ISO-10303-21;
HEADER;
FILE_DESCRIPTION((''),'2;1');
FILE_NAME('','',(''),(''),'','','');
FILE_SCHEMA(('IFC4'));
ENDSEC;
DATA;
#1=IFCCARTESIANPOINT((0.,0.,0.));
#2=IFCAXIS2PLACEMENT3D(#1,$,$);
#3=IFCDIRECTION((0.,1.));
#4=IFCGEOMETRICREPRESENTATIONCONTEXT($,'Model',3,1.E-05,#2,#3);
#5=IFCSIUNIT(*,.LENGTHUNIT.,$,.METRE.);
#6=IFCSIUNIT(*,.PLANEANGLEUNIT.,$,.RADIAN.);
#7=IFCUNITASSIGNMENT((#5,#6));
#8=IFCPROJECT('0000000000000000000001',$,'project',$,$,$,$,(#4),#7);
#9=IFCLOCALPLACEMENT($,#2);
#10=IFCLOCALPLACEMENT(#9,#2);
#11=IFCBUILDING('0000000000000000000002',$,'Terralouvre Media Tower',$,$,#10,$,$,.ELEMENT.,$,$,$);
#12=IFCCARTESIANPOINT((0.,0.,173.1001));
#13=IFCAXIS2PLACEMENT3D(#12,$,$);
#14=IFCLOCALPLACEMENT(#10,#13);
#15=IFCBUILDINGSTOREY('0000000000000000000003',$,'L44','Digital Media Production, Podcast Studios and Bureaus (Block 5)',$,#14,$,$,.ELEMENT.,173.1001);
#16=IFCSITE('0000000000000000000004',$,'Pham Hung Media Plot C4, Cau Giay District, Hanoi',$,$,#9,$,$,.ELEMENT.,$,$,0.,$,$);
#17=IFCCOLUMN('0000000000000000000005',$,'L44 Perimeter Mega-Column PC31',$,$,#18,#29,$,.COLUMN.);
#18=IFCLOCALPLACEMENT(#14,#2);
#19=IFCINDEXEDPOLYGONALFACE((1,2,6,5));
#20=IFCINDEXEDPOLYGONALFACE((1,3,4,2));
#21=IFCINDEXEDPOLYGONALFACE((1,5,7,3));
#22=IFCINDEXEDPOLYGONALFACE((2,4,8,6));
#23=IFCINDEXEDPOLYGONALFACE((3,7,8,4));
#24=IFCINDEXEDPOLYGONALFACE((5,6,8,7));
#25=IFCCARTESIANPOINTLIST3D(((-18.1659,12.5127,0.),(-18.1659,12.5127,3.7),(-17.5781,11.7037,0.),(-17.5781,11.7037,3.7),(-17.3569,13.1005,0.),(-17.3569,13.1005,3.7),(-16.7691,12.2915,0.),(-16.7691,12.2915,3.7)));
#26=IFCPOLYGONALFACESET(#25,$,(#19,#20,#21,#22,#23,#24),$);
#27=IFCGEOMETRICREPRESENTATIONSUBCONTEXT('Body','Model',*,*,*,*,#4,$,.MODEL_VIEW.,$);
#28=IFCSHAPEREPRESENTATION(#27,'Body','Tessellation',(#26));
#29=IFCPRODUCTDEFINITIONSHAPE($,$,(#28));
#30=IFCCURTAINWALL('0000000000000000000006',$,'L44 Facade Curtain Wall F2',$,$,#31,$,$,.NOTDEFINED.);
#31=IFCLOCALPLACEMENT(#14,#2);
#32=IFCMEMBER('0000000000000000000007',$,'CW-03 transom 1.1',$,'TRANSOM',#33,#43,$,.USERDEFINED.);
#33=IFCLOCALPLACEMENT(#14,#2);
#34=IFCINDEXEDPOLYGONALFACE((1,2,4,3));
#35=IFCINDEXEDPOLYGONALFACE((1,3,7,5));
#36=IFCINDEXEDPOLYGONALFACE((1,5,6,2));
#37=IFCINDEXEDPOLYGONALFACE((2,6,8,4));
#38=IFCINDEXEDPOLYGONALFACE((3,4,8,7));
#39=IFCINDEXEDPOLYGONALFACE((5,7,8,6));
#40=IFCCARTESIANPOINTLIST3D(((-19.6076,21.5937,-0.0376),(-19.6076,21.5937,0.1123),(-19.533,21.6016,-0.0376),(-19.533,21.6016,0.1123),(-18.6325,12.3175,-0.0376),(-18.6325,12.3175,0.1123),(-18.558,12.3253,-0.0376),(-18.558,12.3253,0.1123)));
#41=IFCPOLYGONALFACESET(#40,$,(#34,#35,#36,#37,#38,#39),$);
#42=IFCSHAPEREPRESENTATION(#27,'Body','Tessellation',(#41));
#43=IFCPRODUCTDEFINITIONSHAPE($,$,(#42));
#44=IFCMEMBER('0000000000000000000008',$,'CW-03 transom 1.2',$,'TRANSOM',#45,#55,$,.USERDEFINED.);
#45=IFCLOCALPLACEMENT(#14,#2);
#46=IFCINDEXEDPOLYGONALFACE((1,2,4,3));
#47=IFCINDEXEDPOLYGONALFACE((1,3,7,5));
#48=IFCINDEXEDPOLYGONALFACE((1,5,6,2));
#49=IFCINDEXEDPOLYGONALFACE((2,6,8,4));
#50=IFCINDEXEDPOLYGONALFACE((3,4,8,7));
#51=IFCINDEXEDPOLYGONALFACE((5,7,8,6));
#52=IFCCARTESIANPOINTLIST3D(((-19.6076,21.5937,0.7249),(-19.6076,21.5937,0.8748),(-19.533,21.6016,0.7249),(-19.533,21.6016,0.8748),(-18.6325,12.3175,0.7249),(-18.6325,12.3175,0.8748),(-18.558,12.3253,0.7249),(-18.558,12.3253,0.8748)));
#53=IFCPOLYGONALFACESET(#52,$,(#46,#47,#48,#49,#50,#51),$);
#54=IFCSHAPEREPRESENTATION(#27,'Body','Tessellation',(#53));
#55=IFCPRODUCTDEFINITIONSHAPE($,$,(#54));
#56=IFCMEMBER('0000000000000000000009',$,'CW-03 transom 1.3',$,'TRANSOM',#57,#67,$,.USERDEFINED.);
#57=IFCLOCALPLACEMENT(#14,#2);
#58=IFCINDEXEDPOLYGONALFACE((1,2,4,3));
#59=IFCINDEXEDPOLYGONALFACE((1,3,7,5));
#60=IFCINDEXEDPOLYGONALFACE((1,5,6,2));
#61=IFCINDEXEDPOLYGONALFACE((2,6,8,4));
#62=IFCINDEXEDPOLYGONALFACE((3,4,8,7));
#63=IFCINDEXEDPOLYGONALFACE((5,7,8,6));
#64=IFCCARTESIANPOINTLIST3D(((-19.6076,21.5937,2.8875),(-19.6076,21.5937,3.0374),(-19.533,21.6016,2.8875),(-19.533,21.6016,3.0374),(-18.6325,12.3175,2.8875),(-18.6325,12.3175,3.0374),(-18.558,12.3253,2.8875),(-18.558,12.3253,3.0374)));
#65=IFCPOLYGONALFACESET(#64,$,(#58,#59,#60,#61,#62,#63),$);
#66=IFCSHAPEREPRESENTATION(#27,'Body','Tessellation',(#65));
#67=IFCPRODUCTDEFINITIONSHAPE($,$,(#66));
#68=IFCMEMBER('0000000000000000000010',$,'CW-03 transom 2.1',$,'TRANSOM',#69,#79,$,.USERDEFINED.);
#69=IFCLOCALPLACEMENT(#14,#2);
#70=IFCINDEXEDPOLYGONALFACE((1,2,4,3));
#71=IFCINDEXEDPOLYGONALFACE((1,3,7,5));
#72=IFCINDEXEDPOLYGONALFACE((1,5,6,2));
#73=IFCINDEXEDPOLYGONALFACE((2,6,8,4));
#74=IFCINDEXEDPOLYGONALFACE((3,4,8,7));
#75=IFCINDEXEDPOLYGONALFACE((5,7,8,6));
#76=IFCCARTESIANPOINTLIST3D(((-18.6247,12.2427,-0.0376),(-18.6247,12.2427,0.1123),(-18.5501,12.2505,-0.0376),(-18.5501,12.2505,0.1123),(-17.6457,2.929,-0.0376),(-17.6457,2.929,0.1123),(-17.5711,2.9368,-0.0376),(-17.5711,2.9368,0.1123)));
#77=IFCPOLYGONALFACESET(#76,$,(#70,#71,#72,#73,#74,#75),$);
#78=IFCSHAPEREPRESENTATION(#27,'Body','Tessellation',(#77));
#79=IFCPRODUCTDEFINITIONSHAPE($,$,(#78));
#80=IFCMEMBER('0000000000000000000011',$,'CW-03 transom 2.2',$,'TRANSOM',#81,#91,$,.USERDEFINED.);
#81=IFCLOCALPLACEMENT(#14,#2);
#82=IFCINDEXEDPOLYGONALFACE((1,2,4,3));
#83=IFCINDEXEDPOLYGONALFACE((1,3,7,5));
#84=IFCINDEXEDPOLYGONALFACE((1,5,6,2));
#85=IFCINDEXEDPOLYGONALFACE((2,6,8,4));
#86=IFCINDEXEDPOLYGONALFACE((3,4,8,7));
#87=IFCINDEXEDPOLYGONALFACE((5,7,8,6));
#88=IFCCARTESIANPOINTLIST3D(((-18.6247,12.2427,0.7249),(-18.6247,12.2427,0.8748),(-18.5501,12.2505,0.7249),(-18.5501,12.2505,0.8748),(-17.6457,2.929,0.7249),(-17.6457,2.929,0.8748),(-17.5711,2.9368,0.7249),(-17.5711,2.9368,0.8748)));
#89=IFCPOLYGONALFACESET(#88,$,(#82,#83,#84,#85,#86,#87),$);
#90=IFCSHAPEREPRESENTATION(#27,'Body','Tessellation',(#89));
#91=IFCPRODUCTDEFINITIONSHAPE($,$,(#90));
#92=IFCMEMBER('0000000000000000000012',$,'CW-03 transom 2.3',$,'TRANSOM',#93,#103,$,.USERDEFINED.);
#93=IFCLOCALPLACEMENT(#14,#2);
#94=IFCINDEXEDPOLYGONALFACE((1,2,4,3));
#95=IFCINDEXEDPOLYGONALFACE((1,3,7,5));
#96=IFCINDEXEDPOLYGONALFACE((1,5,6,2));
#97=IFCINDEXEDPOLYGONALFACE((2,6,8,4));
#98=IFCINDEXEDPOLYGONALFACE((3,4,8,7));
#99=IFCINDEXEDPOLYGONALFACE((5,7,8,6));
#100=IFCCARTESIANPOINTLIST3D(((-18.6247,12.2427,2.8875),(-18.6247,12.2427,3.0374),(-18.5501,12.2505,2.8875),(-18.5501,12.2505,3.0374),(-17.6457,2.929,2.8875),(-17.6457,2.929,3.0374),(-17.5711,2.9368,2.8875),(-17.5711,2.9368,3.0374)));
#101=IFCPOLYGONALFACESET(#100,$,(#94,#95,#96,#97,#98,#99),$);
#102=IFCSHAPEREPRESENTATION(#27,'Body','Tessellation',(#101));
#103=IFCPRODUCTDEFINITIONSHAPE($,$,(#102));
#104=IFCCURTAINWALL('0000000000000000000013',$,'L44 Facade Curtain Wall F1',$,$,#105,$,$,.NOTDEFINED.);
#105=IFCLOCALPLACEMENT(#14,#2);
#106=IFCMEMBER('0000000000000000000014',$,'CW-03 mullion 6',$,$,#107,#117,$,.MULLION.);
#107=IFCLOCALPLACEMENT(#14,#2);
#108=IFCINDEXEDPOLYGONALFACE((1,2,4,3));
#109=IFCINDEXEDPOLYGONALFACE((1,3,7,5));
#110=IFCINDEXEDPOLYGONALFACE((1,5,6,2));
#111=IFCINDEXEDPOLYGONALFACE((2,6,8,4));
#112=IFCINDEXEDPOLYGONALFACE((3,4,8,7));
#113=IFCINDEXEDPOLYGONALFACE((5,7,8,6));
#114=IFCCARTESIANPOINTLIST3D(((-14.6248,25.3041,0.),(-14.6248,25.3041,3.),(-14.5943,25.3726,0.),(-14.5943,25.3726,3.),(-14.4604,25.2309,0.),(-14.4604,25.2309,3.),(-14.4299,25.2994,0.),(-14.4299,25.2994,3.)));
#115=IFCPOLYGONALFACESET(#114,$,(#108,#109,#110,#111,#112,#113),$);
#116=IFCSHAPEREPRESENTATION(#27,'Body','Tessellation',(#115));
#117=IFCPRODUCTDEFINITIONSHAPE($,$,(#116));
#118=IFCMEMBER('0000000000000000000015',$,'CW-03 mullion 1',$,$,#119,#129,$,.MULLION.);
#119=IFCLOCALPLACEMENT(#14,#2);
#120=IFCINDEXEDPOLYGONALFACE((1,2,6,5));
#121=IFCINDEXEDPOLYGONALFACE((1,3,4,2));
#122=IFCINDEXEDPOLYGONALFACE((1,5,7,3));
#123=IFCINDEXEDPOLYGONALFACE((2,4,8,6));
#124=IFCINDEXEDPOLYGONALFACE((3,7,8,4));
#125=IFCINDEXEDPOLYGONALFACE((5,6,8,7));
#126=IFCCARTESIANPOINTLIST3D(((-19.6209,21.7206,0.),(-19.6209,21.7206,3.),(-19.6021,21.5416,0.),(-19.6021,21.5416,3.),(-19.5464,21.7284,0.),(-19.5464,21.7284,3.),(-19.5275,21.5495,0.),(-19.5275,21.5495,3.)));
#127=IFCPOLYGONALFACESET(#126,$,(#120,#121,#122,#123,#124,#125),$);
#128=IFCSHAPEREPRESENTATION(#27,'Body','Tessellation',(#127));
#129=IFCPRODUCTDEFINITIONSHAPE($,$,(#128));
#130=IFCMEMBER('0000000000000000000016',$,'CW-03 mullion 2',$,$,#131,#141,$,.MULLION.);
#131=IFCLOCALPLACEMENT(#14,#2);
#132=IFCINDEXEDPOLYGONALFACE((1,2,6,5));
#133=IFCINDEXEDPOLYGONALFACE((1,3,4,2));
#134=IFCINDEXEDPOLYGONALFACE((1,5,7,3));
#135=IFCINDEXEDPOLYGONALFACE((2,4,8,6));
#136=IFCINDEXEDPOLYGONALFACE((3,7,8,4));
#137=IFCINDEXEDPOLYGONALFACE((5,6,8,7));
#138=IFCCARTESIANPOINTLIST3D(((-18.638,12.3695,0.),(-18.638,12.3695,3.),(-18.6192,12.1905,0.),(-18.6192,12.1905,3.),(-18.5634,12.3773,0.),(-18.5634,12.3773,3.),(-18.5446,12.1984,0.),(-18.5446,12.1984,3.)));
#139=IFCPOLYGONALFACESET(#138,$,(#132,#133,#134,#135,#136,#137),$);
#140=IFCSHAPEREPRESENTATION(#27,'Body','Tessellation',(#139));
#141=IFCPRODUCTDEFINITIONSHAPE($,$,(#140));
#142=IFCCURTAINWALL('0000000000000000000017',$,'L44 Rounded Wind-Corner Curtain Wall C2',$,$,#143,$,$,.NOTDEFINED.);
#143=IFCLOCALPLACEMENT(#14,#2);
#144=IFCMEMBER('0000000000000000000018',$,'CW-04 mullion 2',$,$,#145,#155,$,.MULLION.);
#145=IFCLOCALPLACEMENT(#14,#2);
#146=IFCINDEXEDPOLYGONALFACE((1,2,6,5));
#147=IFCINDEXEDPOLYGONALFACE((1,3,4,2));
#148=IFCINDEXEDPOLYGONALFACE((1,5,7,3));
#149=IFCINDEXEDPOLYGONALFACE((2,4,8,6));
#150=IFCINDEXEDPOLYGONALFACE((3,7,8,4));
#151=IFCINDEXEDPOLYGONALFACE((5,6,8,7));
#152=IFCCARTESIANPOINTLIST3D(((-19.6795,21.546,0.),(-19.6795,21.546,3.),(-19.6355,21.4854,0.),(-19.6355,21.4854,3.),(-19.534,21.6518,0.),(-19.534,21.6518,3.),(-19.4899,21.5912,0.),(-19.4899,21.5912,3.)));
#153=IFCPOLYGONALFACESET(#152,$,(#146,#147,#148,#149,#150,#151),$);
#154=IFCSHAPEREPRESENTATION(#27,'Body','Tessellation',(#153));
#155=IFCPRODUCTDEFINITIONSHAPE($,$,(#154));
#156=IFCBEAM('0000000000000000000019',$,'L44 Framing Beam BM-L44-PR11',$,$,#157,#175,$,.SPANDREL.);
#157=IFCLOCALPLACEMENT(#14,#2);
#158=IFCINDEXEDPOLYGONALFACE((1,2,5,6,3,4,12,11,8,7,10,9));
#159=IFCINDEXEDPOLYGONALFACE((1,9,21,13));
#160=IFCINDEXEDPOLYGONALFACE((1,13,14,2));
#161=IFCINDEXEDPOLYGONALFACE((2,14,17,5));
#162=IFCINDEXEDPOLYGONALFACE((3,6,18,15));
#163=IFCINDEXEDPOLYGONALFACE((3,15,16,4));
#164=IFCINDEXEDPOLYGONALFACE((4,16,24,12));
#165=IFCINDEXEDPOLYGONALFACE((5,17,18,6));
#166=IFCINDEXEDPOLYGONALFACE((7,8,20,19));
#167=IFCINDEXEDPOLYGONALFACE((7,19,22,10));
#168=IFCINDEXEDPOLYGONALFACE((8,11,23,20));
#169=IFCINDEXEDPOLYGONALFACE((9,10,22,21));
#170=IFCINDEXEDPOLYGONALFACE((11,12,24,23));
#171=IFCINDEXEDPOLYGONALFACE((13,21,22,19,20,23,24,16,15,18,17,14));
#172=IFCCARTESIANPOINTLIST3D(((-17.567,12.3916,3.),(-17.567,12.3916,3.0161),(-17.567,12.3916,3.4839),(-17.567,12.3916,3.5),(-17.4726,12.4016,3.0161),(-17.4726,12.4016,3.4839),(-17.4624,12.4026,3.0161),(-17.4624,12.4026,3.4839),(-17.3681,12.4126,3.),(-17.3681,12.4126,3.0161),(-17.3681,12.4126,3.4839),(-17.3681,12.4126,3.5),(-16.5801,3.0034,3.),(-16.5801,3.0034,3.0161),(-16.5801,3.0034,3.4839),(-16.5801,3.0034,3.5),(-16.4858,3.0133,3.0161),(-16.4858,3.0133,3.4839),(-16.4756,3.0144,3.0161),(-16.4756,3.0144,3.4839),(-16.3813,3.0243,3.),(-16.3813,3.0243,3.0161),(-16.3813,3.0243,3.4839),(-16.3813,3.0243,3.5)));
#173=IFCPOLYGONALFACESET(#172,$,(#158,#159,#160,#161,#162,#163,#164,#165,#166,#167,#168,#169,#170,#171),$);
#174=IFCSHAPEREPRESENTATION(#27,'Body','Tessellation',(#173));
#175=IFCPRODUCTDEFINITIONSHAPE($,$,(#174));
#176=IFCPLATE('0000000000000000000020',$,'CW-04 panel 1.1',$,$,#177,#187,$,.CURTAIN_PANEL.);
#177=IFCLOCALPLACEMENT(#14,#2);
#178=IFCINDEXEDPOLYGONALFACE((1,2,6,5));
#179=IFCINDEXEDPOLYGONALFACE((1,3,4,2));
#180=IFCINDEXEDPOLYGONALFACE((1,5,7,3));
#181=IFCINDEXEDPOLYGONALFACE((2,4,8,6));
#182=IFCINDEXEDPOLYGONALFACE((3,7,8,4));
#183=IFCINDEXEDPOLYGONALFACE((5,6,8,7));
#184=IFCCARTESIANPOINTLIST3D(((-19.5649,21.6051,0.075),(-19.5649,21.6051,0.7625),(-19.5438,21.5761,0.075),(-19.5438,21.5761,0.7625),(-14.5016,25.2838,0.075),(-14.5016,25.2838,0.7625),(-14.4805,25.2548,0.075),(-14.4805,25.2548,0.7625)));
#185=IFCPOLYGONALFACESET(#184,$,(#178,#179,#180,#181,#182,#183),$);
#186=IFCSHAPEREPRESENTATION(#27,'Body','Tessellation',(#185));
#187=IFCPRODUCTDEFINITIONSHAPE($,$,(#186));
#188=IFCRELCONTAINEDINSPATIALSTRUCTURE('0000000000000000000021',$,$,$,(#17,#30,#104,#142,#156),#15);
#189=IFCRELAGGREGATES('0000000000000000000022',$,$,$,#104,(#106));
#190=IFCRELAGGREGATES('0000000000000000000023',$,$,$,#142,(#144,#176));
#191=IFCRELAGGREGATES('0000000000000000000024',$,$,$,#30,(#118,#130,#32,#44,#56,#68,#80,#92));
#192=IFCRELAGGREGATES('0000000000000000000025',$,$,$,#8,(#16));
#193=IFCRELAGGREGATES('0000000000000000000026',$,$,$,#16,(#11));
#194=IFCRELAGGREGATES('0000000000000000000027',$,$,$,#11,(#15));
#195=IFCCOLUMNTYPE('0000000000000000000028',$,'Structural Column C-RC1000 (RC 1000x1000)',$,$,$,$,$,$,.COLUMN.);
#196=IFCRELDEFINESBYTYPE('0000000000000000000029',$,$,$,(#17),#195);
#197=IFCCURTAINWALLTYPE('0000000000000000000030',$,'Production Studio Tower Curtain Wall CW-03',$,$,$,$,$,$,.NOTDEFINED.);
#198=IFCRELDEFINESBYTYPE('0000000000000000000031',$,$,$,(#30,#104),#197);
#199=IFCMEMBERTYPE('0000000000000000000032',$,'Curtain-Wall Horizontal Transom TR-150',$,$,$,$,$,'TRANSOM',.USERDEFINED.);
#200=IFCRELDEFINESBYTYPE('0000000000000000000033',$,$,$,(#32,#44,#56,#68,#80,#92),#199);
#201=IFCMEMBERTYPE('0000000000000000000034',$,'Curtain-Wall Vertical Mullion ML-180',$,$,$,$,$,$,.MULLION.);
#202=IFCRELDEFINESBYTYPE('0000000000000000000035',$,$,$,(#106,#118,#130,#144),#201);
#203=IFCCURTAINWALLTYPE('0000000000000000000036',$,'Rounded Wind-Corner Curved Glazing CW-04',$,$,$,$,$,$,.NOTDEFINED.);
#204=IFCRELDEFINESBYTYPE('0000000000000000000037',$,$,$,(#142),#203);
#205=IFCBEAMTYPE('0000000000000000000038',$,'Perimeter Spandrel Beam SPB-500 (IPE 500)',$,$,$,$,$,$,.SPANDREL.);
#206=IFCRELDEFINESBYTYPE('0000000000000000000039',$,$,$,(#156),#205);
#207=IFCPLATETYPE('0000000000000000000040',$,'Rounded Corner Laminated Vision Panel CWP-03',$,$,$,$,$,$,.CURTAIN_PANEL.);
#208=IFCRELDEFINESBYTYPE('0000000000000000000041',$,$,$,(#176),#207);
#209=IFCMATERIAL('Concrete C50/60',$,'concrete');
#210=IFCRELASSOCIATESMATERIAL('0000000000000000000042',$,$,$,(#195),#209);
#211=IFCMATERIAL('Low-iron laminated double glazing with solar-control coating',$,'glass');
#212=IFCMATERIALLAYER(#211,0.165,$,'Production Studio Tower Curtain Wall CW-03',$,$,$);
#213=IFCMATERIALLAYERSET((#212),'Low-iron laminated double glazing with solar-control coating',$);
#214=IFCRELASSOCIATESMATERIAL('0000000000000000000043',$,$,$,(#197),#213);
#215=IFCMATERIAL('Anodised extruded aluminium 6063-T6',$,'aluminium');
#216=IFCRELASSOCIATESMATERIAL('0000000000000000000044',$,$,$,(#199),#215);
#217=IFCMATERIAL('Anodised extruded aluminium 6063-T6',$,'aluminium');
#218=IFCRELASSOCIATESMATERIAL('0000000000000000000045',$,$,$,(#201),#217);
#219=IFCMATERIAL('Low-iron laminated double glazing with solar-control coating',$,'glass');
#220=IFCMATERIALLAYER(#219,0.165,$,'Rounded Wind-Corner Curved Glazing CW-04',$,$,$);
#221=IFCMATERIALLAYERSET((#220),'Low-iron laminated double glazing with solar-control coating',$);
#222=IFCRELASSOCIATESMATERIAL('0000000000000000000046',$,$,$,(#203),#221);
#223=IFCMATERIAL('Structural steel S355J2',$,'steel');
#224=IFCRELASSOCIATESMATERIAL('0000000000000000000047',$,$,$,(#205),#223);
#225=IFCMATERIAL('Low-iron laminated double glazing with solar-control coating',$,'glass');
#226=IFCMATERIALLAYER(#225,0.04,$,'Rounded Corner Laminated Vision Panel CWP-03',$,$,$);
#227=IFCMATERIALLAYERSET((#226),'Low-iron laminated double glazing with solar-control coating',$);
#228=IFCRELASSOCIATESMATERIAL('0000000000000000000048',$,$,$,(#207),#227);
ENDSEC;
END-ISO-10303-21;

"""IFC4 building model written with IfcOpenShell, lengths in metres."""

from ifc_helpers import new_model, si_unit, direction, frame, origin, origin_2d, place, context, subcontext, project, spatial, rectangle, i_section, extrude, material, layer, layer_set, material_profile, profile_set, type_object, element, aggregate, save


model = new_model("IFC4")

# Units and contexts
model_context = context("Model", 3, precision=1e-05, world=origin(), true_north=direction((0.0, 1.0)))
body_context = subcontext(model_context, "Body", "Model", "MODEL_VIEW")
ifc_project = project(units=[si_unit("LENGTHUNIT", "METRE"), si_unit("PLANEANGLEUNIT", "RADIAN")], contexts=[model_context])

# Site, building, storey
site_placement = place(None, origin())
site = spatial("IfcSite", under=ifc_project, at=site_placement, Name="Pham Hung Media Plot C4, Cau Giay District, Hanoi", CompositionType="ELEMENT", RefElevation=0.0)
building_placement = place(site_placement, origin())
building = spatial("IfcBuilding", under=site, at=building_placement, Name="Terralouvre Media Tower", CompositionType="ELEMENT")
storey_placement = place(building_placement, frame((0.0, 0.0, 173.1001)))
storey = spatial("IfcBuildingStorey", under=building, at=storey_placement, Name="L44", Description="Digital Media Production, Podcast Studios and Bureaus (Block 5)", CompositionType="ELEMENT", Elevation=173.1001)

# Column
ifc_material_1 = material(Name="Concrete C50/60", Category="concrete")
ifc_material_profile_1 = material_profile(ifc_material_1, rectangle(XDim=1.0, YDim=1.0, at=origin_2d()), Name="RC 1000x1000")
ifc_profile_set_1 = profile_set([ifc_material_profile_1], Name="Concrete C50/60")
column_type = type_object("IfcColumnType", Name="Structural Column C-RC1000 (RC 1000x1000)", PredefinedType="COLUMN", material=ifc_profile_set_1)
column_placement = place(storey_placement, frame((-17.4675, 12.4021, 0.0), z_axis=(0.0, 0.0, 1.0), x_axis=(0.809017, 0.587785, 0.0)))
element("IfcColumn", 1, at=column_placement, inside=storey, type_object=column_type, Name="L44 Perimeter Mega-Column PC31", PredefinedType="COLUMN", context=body_context, shape_type="SweptSolid", body=[
    extrude(rectangle(XDim=1.0, YDim=1.0, at=origin_2d()), origin(), (0.0, 0.0, 1.0), 3.7),
])

# Curtain wall, members
ifc_material_2 = material(Name="Low-iron laminated double glazing with solar-control coating", Category="glass")
ifc_layer_1 = layer(ifc_material_2, 0.165, Name="Production Studio Tower Curtain Wall CW-03")
ifc_layer_set_1 = layer_set([ifc_layer_1], Name="Low-iron laminated double glazing with solar-control coating")
curtain_wall_type_1 = type_object("IfcCurtainWallType", Name="Production Studio Tower Curtain Wall CW-03", PredefinedType="NOTDEFINED", material=ifc_layer_set_1)
curtain_wall_1_placement = place(storey_placement, origin())
curtain_wall_1 = element("IfcCurtainWall", 2, at=curtain_wall_1_placement, inside=storey, type_object=curtain_wall_type_1, Name="L44 Facade Curtain Wall F2", PredefinedType="NOTDEFINED")
ifc_material_3 = material(Name="Anodised extruded aluminium 6063-T6", Category="aluminium")
ifc_material_profile_2 = material_profile(ifc_material_3, rectangle(XDim=0.075, YDim=0.1499, at=origin_2d()), Name="ALU 75x150")
ifc_profile_set_2 = profile_set([ifc_material_profile_2], Name="Anodised extruded aluminium 6063-T6")
member_type_1 = type_object("IfcMemberType", Name="Curtain-Wall Horizontal Transom TR-150", ElementType="TRANSOM", PredefinedType="USERDEFINED", material=ifc_profile_set_2)
member_1_placement = place(storey_placement, frame((-19.5703, 21.5977, 0.0374), z_axis=(0.10454, -0.994521, 0.0), x_axis=(0.994521, 0.10454, 0.0)))
member_1 = element("IfcMember", 3, at=member_1_placement, type_object=member_type_1, Name="CW-03 transom 1.1", ObjectType="TRANSOM", PredefinedType="USERDEFINED", context=body_context, shape_type="SweptSolid", body=[
    extrude(rectangle(XDim=0.075, YDim=0.1499, at=origin_2d()), origin(), (0.0, 0.0, 1.0), 9.3274),
])
member_2_placement = place(storey_placement, frame((-19.5703, 21.5977, 0.7998), z_axis=(0.10454, -0.994521, 0.0), x_axis=(0.994521, 0.10454, 0.0)))
member_2 = element("IfcMember", 4, at=member_2_placement, type_object=member_type_1, Name="CW-03 transom 1.2", ObjectType="TRANSOM", PredefinedType="USERDEFINED", context=body_context, shape_type="SweptSolid", body=[
    extrude(rectangle(XDim=0.075, YDim=0.1499, at=origin_2d()), origin(), (0.0, 0.0, 1.0), 9.3274),
])
member_3_placement = place(storey_placement, frame((-19.5703, 21.5977, 2.9624), z_axis=(0.10454, -0.994521, 0.0), x_axis=(0.994521, 0.10454, 0.0)))
member_3 = element("IfcMember", 5, at=member_3_placement, type_object=member_type_1, Name="CW-03 transom 1.3", ObjectType="TRANSOM", PredefinedType="USERDEFINED", context=body_context, shape_type="SweptSolid", body=[
    extrude(rectangle(XDim=0.075, YDim=0.1499, at=origin_2d()), origin(), (0.0, 0.0, 1.0), 9.3274),
])
member_4_placement = place(storey_placement, frame((-18.5874, 12.2466, 0.0374), z_axis=(0.104538, -0.994521, 0.0), x_axis=(0.994521, 0.104538, 0.0)))
member_4 = element("IfcMember", 6, at=member_4_placement, type_object=member_type_1, Name="CW-03 transom 2.1", ObjectType="TRANSOM", PredefinedType="USERDEFINED", context=body_context, shape_type="SweptSolid", body=[
    extrude(rectangle(XDim=0.075, YDim=0.1499, at=origin_2d()), origin(), (0.0, 0.0, 1.0), 9.365),
])
member_5_placement = place(storey_placement, frame((-18.5874, 12.2466, 0.7998), z_axis=(0.104538, -0.994521, 0.0), x_axis=(0.994521, 0.104538, 0.0)))
member_5 = element("IfcMember", 7, at=member_5_placement, type_object=member_type_1, Name="CW-03 transom 2.2", ObjectType="TRANSOM", PredefinedType="USERDEFINED", context=body_context, shape_type="SweptSolid", body=[
    extrude(rectangle(XDim=0.075, YDim=0.1499, at=origin_2d()), origin(), (0.0, 0.0, 1.0), 9.365),
])
member_6_placement = place(storey_placement, frame((-18.5874, 12.2466, 2.9624), z_axis=(0.104538, -0.994521, 0.0), x_axis=(0.994521, 0.104538, 0.0)))
member_6 = element("IfcMember", 8, at=member_6_placement, type_object=member_type_1, Name="CW-03 transom 2.3", ObjectType="TRANSOM", PredefinedType="USERDEFINED", context=body_context, shape_type="SweptSolid", body=[
    extrude(rectangle(XDim=0.075, YDim=0.1499, at=origin_2d()), origin(), (0.0, 0.0, 1.0), 9.365),
])

# Curtain wall, member
curtain_wall_2_placement = place(storey_placement, origin())
curtain_wall_2 = element("IfcCurtainWall", 9, at=curtain_wall_2_placement, inside=storey, type_object=curtain_wall_type_1, Name="L44 Facade Curtain Wall F1", PredefinedType="NOTDEFINED")
ifc_material_4 = material(Name="Anodised extruded aluminium 6063-T6", Category="aluminium")
ifc_material_profile_3 = material_profile(ifc_material_4, rectangle(XDim=0.075, YDim=0.1799, at=origin_2d()), Name="ALU 75x180")
ifc_profile_set_3 = profile_set([ifc_material_profile_3], Name="Anodised extruded aluminium 6063-T6")
member_type_2 = type_object("IfcMemberType", Name="Curtain-Wall Vertical Mullion ML-180", PredefinedType="MULLION", material=ifc_profile_set_3)
member_7_placement = place(storey_placement, frame((-14.5273, 25.3018, 0.0), z_axis=(0.0, 0.0, 1.0), x_axis=(-0.406737, -0.913545, 0.0)))
member_7 = element("IfcMember", 10, at=member_7_placement, type_object=member_type_2, Name="CW-03 mullion 6", PredefinedType="MULLION", context=body_context, shape_type="SweptSolid", body=[
    extrude(rectangle(XDim=0.075, YDim=0.1799, at=origin_2d()), origin(), (0.0, 0.0, 1.0), 3.0),
])
aggregate(curtain_wall_2, [member_7])

# Members
member_8_placement = place(storey_placement, frame((-19.5742, 21.635, 0.0), z_axis=(0.0, 0.0, 1.0), x_axis=(0.994522, 0.104528, 0.0)))
member_8 = element("IfcMember", 11, at=member_8_placement, type_object=member_type_2, Name="CW-03 mullion 1", PredefinedType="MULLION", context=body_context, shape_type="SweptSolid", body=[
    extrude(rectangle(XDim=0.075, YDim=0.1799, at=origin_2d()), origin(), (0.0, 0.0, 1.0), 3.0),
])
member_9_placement = place(storey_placement, frame((-18.5913, 12.2839, 0.0), z_axis=(0.0, 0.0, 1.0), x_axis=(0.994522, 0.104528, 0.0)))
member_9 = element("IfcMember", 12, at=member_9_placement, type_object=member_type_2, Name="CW-03 mullion 2", PredefinedType="MULLION", context=body_context, shape_type="SweptSolid", body=[
    extrude(rectangle(XDim=0.075, YDim=0.1799, at=origin_2d()), origin(), (0.0, 0.0, 1.0), 3.0),
])

# Curtain wall, member
ifc_material_5 = material(Name="Low-iron laminated double glazing with solar-control coating", Category="glass")
ifc_layer_2 = layer(ifc_material_5, 0.165, Name="Rounded Wind-Corner Curved Glazing CW-04")
ifc_layer_set_2 = layer_set([ifc_layer_2], Name="Low-iron laminated double glazing with solar-control coating")
curtain_wall_type_2 = type_object("IfcCurtainWallType", Name="Rounded Wind-Corner Curved Glazing CW-04", PredefinedType="NOTDEFINED", material=ifc_layer_set_2)
curtain_wall_3_placement = place(storey_placement, origin())
curtain_wall_3 = element("IfcCurtainWall", 13, at=curtain_wall_3_placement, inside=storey, type_object=curtain_wall_type_2, Name="L44 Rounded Wind-Corner Curtain Wall C2", PredefinedType="NOTDEFINED")
member_10_placement = place(storey_placement, frame((-19.5847, 21.5686, 0.0), z_axis=(0.0, 0.0, 1.0), x_axis=(0.587785, -0.809017, 0.0)))
member_10 = element("IfcMember", 14, at=member_10_placement, type_object=member_type_2, Name="CW-04 mullion 2", PredefinedType="MULLION", context=body_context, shape_type="SweptSolid", body=[
    extrude(rectangle(XDim=0.075, YDim=0.1799, at=origin_2d()), origin(), (0.0, 0.0, 1.0), 3.0),
])

# Beam
ifc_material_6 = material(Name="Structural steel S355J2", Category="steel")
ifc_material_profile_4 = material_profile(ifc_material_6, i_section(OverallWidth=0.2, OverallDepth=0.5, WebThickness=0.0103, FlangeThickness=0.0161, at=origin_2d()), Name="IPE 500")
ifc_profile_set_4 = profile_set([ifc_material_profile_4], Name="Structural steel S355J2")
beam_type = type_object("IfcBeamType", Name="Perimeter Spandrel Beam SPB-500 (IPE 500)", PredefinedType="SPANDREL", material=ifc_profile_set_4)
beam_placement = place(storey_placement, frame((-17.4675, 12.4021, 3.25), z_axis=(0.104537, -0.994521, 0.0), x_axis=(0.994521, 0.104537, 0.0)))
element("IfcBeam", 15, at=beam_placement, inside=storey, type_object=beam_type, Name="L44 Framing Beam BM-L44-PR11", PredefinedType="SPANDREL", context=body_context, shape_type="SweptSolid", body=[
    extrude(i_section(OverallWidth=0.2, OverallDepth=0.5, WebThickness=0.0103, FlangeThickness=0.0161, at=origin_2d()), origin(), (0.0, 0.0, 1.0), 9.4399),
])

# Plate
ifc_material_7 = material(Name="Low-iron laminated double glazing with solar-control coating", Category="glass")
ifc_layer_3 = layer(ifc_material_7, 0.04, Name="Rounded Corner Laminated Vision Panel CWP-03")
ifc_layer_set_3 = layer_set([ifc_layer_3], Name="Low-iron laminated double glazing with solar-control coating")
plate_type_1 = type_object("IfcPlateType", Name="Rounded Corner Laminated Vision Panel CWP-03", PredefinedType="CURTAIN_PANEL", material=ifc_layer_set_3)
plate_1_placement = place(storey_placement, frame((-17.0227, 23.4299, 0.075), z_axis=(0.0, 0.0, 1.0), x_axis=(-0.809017, -0.587785, 0.0)))
plate_1 = element("IfcPlate", 16, at=plate_1_placement, type_object=plate_type_1, Name="CW-04 panel 1.1", PredefinedType="CURTAIN_PANEL", context=body_context, shape_type="SweptSolid", body=[
    extrude(rectangle(XDim=6.2585, YDim=0.0359, at=origin_2d()), origin(), (0.0, 0.0, 1.0), 0.6875),
])
aggregate(curtain_wall_3, [member_10, plate_1])
aggregate(curtain_wall_1, [member_8, member_9, member_1, member_2, member_3, member_4, member_5, member_6])

save(model, "model.ifc")
